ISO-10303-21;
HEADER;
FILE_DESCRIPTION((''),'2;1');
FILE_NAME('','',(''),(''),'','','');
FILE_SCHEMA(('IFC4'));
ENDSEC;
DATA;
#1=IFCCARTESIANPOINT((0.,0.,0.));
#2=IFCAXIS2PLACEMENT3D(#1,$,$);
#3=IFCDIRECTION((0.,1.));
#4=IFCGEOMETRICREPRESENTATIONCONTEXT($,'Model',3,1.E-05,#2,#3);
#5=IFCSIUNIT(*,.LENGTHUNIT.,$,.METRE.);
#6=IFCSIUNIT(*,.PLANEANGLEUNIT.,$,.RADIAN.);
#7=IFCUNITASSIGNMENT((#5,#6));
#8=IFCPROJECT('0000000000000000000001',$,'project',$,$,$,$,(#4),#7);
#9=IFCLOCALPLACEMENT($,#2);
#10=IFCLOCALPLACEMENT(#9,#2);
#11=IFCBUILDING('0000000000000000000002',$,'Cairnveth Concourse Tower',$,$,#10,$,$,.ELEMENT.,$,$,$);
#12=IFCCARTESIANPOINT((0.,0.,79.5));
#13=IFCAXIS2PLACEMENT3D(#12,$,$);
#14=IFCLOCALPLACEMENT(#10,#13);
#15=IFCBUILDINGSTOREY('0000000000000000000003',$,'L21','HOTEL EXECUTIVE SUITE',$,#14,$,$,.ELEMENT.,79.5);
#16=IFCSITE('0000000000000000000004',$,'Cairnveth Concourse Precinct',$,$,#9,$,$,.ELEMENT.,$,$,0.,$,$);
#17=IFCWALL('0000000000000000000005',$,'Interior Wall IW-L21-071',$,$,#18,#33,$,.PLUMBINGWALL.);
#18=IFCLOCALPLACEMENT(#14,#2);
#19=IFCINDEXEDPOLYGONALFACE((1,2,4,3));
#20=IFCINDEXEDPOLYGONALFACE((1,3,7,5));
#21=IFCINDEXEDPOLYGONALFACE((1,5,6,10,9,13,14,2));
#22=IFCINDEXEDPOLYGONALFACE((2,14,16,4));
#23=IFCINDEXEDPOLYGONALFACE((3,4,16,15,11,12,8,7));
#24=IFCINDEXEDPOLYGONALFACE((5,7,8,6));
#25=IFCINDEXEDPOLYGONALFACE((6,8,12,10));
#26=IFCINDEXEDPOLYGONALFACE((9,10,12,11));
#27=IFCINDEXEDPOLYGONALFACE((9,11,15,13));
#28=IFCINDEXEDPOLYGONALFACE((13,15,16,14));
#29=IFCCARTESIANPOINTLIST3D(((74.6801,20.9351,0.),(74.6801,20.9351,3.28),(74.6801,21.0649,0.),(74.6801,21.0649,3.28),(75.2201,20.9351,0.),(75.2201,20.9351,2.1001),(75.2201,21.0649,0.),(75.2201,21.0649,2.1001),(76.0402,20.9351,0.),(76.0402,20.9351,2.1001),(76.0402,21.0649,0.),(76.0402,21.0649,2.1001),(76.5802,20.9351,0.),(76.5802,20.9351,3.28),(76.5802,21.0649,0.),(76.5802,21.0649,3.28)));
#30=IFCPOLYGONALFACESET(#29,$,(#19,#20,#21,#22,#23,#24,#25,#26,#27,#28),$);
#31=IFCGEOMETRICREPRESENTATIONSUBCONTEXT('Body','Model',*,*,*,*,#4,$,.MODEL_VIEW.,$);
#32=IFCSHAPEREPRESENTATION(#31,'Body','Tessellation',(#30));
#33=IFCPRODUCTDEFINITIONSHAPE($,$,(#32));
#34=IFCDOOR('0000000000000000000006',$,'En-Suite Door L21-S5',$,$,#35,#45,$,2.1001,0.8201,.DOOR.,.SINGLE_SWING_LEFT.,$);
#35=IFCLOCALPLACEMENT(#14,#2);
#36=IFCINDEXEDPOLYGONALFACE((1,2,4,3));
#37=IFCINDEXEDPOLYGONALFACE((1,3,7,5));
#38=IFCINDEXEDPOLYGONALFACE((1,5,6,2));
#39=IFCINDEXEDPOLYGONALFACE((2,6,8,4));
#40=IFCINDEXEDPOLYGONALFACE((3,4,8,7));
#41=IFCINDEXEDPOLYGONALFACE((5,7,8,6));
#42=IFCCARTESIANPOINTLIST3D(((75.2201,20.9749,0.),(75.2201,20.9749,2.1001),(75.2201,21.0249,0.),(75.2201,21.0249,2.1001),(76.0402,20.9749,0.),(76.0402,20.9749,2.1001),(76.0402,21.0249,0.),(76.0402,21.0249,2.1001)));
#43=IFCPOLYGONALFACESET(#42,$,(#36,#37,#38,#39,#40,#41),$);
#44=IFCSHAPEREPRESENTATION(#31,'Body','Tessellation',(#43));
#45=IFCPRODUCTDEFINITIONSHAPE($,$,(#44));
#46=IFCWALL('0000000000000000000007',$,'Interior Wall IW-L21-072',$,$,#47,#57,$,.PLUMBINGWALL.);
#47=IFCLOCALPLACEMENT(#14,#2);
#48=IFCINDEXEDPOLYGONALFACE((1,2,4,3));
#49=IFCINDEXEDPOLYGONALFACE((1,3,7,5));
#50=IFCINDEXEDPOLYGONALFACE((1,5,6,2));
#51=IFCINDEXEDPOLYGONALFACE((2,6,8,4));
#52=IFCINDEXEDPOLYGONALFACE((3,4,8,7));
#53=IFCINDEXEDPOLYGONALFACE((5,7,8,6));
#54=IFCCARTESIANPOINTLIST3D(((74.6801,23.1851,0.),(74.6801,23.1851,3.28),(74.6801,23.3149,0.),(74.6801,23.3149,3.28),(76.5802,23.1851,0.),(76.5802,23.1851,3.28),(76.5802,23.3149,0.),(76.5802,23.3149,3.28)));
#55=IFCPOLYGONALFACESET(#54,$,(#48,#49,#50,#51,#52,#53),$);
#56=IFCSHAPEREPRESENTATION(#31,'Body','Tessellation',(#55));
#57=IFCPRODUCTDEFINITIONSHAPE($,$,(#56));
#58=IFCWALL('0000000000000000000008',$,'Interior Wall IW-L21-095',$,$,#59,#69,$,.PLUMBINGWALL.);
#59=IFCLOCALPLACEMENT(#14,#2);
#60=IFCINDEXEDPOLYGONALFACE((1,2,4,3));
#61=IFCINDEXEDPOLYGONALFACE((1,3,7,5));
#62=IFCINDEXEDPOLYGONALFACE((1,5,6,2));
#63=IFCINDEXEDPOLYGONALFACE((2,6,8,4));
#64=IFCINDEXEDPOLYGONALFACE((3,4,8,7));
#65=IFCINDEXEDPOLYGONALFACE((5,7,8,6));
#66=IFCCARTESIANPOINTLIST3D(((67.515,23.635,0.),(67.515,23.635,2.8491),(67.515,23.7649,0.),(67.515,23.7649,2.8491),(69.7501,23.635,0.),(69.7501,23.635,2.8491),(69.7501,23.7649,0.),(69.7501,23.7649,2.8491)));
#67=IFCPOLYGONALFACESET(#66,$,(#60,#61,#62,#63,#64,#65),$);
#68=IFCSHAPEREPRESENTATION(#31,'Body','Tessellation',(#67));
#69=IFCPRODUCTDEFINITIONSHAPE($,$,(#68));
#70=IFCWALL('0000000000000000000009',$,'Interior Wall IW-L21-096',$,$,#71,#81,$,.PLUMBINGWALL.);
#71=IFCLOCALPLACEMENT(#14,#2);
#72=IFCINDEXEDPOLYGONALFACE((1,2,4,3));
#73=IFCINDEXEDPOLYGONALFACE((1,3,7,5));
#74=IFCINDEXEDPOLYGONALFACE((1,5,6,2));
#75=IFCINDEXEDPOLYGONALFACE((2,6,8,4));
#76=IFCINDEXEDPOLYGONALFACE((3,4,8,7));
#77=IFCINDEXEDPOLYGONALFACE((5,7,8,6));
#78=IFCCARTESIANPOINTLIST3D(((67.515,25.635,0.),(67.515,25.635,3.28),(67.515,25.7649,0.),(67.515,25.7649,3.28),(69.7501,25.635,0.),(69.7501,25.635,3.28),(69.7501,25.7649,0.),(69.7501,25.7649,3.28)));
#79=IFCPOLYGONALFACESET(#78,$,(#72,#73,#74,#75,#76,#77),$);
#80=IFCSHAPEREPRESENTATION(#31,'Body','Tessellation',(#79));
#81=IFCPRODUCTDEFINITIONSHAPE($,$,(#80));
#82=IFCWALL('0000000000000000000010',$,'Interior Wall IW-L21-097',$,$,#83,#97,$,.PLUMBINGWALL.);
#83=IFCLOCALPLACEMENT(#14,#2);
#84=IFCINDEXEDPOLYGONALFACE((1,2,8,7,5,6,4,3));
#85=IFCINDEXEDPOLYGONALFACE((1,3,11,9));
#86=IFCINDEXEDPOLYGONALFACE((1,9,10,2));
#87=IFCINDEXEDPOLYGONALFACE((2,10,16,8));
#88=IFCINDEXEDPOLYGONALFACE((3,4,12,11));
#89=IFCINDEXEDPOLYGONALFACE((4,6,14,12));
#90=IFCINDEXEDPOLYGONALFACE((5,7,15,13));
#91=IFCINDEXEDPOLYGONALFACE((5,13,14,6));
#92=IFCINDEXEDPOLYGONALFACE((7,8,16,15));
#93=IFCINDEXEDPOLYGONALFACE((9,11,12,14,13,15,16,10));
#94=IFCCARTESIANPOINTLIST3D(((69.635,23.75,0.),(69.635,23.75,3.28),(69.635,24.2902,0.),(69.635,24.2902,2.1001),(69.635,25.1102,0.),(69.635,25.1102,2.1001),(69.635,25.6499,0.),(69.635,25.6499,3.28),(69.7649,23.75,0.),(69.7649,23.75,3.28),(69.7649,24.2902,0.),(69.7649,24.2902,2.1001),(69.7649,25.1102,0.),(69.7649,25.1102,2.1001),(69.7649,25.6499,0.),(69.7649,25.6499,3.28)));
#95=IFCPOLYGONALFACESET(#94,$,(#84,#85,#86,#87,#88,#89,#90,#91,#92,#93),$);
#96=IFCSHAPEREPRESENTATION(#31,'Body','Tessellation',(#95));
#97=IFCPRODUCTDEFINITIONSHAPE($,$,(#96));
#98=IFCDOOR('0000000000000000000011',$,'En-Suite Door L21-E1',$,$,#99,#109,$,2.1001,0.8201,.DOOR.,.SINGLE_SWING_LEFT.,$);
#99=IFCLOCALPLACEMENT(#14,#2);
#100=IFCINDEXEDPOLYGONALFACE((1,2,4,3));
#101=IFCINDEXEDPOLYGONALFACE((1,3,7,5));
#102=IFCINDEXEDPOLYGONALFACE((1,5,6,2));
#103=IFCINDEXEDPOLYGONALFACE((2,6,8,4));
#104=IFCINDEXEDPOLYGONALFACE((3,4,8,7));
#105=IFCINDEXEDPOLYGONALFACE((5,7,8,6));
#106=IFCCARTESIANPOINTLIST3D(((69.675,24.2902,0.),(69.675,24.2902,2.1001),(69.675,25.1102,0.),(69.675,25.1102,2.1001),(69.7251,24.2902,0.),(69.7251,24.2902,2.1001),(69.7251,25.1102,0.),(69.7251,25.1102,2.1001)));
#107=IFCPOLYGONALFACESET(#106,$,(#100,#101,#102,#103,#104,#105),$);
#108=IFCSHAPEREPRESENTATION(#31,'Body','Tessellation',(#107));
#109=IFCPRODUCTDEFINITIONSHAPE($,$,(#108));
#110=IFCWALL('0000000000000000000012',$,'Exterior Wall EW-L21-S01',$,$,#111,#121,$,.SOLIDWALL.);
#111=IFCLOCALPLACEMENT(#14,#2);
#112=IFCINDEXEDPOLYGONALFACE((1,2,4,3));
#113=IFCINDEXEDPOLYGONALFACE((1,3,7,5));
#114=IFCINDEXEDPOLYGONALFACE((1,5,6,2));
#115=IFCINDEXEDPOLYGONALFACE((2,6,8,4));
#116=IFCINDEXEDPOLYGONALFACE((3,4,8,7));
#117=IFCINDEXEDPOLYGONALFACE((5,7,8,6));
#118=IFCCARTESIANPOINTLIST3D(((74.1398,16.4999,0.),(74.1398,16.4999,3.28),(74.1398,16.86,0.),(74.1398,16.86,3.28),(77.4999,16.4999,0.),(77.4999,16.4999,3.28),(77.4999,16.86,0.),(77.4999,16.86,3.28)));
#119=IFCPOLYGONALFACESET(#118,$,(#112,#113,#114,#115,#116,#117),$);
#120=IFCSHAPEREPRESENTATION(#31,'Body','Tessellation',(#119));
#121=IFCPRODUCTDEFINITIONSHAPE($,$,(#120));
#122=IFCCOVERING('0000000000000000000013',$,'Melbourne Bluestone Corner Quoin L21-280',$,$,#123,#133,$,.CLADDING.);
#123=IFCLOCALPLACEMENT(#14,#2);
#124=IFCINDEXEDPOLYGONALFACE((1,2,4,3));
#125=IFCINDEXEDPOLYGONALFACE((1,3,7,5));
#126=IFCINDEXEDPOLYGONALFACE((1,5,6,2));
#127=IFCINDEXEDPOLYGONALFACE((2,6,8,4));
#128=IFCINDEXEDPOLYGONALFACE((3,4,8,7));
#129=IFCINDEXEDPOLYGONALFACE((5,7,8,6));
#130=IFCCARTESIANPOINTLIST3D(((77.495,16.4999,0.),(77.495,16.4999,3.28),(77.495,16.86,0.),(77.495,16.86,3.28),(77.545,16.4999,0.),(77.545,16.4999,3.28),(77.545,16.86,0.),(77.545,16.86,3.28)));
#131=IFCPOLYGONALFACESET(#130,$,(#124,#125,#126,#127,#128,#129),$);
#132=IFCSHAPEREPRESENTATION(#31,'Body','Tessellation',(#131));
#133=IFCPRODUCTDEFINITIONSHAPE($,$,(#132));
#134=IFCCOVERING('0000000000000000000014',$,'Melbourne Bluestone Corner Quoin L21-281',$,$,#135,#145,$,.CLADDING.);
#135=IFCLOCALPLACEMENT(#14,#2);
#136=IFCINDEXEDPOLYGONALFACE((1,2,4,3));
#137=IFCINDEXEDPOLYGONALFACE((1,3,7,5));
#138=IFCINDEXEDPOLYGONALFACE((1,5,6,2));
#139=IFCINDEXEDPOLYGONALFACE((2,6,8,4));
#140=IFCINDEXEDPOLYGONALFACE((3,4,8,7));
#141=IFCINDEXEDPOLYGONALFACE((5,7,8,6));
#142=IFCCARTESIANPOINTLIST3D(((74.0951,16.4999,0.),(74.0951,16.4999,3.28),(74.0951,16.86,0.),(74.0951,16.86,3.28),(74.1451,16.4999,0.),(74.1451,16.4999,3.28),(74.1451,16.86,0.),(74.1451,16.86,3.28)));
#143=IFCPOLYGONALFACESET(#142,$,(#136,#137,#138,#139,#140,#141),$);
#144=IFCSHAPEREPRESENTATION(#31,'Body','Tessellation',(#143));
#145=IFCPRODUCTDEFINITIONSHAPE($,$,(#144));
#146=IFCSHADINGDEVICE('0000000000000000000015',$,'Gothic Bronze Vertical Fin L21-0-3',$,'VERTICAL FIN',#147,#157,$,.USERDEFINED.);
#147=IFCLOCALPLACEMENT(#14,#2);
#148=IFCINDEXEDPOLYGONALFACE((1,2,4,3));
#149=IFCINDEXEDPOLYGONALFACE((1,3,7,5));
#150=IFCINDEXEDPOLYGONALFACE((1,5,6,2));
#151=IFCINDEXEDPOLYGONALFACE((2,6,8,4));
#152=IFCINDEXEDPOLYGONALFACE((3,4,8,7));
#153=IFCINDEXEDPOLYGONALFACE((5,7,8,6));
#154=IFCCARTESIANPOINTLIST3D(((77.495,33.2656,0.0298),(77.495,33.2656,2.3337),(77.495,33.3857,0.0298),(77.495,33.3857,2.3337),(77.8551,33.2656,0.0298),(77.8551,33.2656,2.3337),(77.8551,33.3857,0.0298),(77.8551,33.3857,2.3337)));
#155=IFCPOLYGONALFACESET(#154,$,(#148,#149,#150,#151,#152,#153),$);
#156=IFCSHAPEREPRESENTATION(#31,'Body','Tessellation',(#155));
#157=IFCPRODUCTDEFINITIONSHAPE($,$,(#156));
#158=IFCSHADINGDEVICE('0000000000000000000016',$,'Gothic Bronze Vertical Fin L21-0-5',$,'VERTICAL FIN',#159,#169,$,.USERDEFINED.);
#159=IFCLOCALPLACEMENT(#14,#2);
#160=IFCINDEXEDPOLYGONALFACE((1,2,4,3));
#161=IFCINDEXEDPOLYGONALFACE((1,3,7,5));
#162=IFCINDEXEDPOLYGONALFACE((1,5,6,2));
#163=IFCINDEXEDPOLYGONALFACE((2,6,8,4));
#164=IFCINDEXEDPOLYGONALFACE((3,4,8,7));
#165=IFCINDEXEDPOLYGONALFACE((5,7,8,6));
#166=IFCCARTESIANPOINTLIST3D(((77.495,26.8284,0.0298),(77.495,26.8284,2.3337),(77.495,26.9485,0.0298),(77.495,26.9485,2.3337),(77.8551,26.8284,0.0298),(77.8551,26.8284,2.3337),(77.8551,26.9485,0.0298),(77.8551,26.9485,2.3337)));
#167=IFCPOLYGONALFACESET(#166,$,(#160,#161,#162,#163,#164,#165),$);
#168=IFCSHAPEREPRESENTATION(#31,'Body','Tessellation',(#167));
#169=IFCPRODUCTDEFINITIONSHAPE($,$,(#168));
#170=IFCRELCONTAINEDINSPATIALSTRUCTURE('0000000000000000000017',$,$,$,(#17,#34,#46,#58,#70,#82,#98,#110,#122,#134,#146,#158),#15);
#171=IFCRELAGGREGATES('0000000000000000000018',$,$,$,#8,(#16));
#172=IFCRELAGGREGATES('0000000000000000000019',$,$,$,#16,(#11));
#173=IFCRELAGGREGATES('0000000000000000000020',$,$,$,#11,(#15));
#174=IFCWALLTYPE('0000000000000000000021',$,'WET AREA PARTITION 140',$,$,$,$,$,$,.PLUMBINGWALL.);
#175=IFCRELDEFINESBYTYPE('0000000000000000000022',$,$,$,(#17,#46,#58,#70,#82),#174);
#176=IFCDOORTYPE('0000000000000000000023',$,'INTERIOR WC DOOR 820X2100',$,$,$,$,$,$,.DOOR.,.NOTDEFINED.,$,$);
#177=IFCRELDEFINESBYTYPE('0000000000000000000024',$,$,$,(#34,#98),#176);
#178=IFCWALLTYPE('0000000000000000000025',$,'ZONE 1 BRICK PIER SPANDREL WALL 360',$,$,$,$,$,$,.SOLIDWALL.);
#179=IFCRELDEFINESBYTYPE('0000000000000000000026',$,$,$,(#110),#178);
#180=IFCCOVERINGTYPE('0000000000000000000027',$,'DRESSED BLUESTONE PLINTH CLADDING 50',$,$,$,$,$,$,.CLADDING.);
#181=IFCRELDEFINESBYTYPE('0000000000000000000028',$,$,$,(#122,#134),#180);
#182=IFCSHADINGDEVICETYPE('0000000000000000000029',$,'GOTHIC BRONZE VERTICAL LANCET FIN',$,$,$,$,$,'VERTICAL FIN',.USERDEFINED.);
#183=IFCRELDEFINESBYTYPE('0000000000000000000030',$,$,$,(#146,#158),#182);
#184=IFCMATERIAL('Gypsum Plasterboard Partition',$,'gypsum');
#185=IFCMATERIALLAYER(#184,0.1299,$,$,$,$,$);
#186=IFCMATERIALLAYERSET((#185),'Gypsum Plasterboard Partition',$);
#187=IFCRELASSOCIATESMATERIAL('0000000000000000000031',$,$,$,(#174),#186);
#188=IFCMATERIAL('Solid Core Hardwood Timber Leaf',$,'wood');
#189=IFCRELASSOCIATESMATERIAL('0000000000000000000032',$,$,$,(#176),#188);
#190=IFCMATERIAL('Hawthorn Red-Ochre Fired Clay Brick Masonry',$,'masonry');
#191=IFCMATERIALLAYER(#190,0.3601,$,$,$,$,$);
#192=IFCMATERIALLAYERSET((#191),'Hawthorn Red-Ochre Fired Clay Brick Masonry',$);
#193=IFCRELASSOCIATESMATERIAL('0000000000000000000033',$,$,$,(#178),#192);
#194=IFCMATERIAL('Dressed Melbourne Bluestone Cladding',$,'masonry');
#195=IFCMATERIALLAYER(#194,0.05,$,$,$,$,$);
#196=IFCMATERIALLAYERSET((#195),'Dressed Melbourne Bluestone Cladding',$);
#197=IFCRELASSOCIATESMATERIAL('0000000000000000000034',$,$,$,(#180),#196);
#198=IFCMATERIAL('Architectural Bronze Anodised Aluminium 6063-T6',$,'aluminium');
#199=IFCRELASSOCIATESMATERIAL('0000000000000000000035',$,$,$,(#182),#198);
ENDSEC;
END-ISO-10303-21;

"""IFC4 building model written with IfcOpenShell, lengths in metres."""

from ifc_helpers import new_model, si_unit, direction, frame, frame_2d, origin, origin_2d, place, context, subcontext, project, spatial, rectangle, extrude, material, layer, layer_set, type_object, element, fill, save


model = new_model("IFC4")

# Units and contexts
model_context = context("Model", 3, precision=1e-05, world=origin(), true_north=direction((0.0, 1.0)))
body_context = subcontext(model_context, "Body", "Model", "MODEL_VIEW")
ifc_project = project(units=[si_unit("LENGTHUNIT", "METRE"), si_unit("PLANEANGLEUNIT", "RADIAN")], contexts=[model_context])

# Site, building, storey
site_placement = place(None, origin())
site = spatial("IfcSite", under=ifc_project, at=site_placement, Name="Cairnveth Concourse Precinct", CompositionType="ELEMENT", RefElevation=0.0)
building_placement = place(site_placement, origin())
building = spatial("IfcBuilding", under=site, at=building_placement, Name="Cairnveth Concourse Tower", CompositionType="ELEMENT")
storey_placement = place(building_placement, frame((0.0, 0.0, 79.5)))
storey = spatial("IfcBuildingStorey", under=building, at=storey_placement, Name="L21", Description="HOTEL EXECUTIVE SUITE", CompositionType="ELEMENT", Elevation=79.5)

# Shared definitions
ifc_material_1 = material(Name="Gypsum Plasterboard Partition", Category="gypsum")
ifc_material_2 = material(Name="Solid Core Hardwood Timber Leaf", Category="wood")

# Shared definitions
ifc_layer_1 = layer(ifc_material_1, 0.1299)
ifc_layer_set_1 = layer_set([ifc_layer_1], Name="Gypsum Plasterboard Partition")
wall_type_1 = type_object("IfcWallType", Name="WET AREA PARTITION 140", PredefinedType="PLUMBINGWALL", material=ifc_layer_set_1)

# Wall, opening, door
wall_1_placement = place(storey_placement, frame((74.6799, 21.0, 0.0), z_axis=(0.0, 0.0, 1.0), x_axis=(1.0, 0.0, 0.0)))
wall_1 = element("IfcWall", 1, at=wall_1_placement, inside=storey, type_object=wall_type_1, Name="Interior Wall IW-L21-071", PredefinedType="PLUMBINGWALL", context=body_context, shape_type="SweptSolid", body=[
    extrude(rectangle(XDim=1.9001, YDim=0.1299, at=frame_2d((0.9502, 0.0))), origin(), (0.0, 0.0, 1.0), 3.28),
])
opening_1_placement = place(wall_1_placement, frame((0.54, 0.0, 0.0)))
opening_1 = element("IfcOpeningElement", 2, at=opening_1_placement, cuts=wall_1, PredefinedType="OPENING", context=body_context, shape_type="SweptSolid", body=[
    extrude(rectangle(XDim=0.8201, YDim=2.1001, at=frame_2d((0.4102, 1.05))), frame((0.0, 0.075, 0.0), z_axis=(0.0, -1.0, 0.0), x_axis=(1.0, 0.0, 0.0)), (0.0, 0.0, 1.0), 0.1499),
])
door_type_1 = type_object("IfcDoorType", Name="INTERIOR WC DOOR 820X2100", OperationType="NOTDEFINED", PredefinedType="DOOR", material=ifc_material_2)
door_1_placement = place(opening_1_placement, origin())
door_1 = element("IfcDoor", 3, at=door_1_placement, inside=storey, type_object=door_type_1, Name="En-Suite Door L21-S5", OperationType="SINGLE_SWING_LEFT", OverallHeight=2.1001, OverallWidth=0.8201, PredefinedType="DOOR", context=body_context, shape_type="SweptSolid", body=[
    extrude(rectangle(XDim=0.8201, YDim=2.1001, at=frame_2d((0.4102, 1.05))), frame((0.0, 0.0249, 0.0), z_axis=(0.0, -1.0, 0.0), x_axis=(1.0, 0.0, 0.0)), (0.0, 0.0, 1.0), 0.05),
])
fill(opening_1, door_1)

# Walls
wall_2_placement = place(storey_placement, frame((74.6799, 23.25, 0.0), z_axis=(0.0, 0.0, 1.0), x_axis=(1.0, 0.0, 0.0)))
element("IfcWall", 4, at=wall_2_placement, inside=storey, type_object=wall_type_1, Name="Interior Wall IW-L21-072", PredefinedType="PLUMBINGWALL", context=body_context, shape_type="SweptSolid", body=[
    extrude(rectangle(XDim=1.9001, YDim=0.1299, at=frame_2d((0.9502, 0.0))), origin(), (0.0, 0.0, 1.0), 3.28),
])
wall_3_placement = place(storey_placement, frame((67.5149, 23.7, 0.0), z_axis=(0.0, 0.0, 1.0), x_axis=(1.0, 0.0, 0.0)))
element("IfcWall", 5, at=wall_3_placement, inside=storey, type_object=wall_type_1, Name="Interior Wall IW-L21-095", PredefinedType="PLUMBINGWALL", context=body_context, shape_type="SweptSolid", body=[
    extrude(rectangle(XDim=2.2351, YDim=0.1299, at=frame_2d((1.1177, 0.0))), origin(), (0.0, 0.0, 1.0), 2.8491),
])
wall_4_placement = place(storey_placement, frame((67.5149, 25.7, 0.0), z_axis=(0.0, 0.0, 1.0), x_axis=(1.0, 0.0, 0.0)))
element("IfcWall", 6, at=wall_4_placement, inside=storey, type_object=wall_type_1, Name="Interior Wall IW-L21-096", PredefinedType="PLUMBINGWALL", context=body_context, shape_type="SweptSolid", body=[
    extrude(rectangle(XDim=2.2351, YDim=0.1299, at=frame_2d((1.1177, 0.0))), origin(), (0.0, 0.0, 1.0), 3.28),
])

# Wall, opening, door
wall_5_placement = place(storey_placement, frame((69.7, 23.75, 0.0), z_axis=(0.0, 0.0, 1.0), x_axis=(0.0, 1.0, 0.0)))
wall_5 = element("IfcWall", 7, at=wall_5_placement, inside=storey, type_object=wall_type_1, Name="Interior Wall IW-L21-097", PredefinedType="PLUMBINGWALL", context=body_context, shape_type="SweptSolid", body=[
    extrude(rectangle(XDim=1.8999, YDim=0.1299, at=frame_2d((0.95, 0.0))), origin(), (0.0, 0.0, 1.0), 3.28),
])
opening_2_placement = place(wall_5_placement, frame((0.54, 0.0, 0.0)))
opening_2 = element("IfcOpeningElement", 8, at=opening_2_placement, cuts=wall_5, PredefinedType="OPENING", context=body_context, shape_type="SweptSolid", body=[
    extrude(rectangle(XDim=0.8201, YDim=2.1001, at=frame_2d((0.4102, 1.05))), frame((0.0, 0.075, 0.0), z_axis=(0.0, -1.0, 0.0), x_axis=(1.0, 0.0, 0.0)), (0.0, 0.0, 1.0), 0.1499),
])
door_2_placement = place(opening_2_placement, origin())
door_2 = element("IfcDoor", 9, at=door_2_placement, inside=storey, type_object=door_type_1, Name="En-Suite Door L21-E1", OperationType="SINGLE_SWING_LEFT", OverallHeight=2.1001, OverallWidth=0.8201, PredefinedType="DOOR", context=body_context, shape_type="SweptSolid", body=[
    extrude(rectangle(XDim=0.8201, YDim=2.1001, at=frame_2d((0.4102, 1.05))), frame((0.0, 0.0249, 0.0), z_axis=(0.0, -1.0, 0.0), x_axis=(1.0, 0.0, 0.0)), (0.0, 0.0, 1.0), 0.05),
])
fill(opening_2, door_2)

# Wall
ifc_material_3 = material(Name="Hawthorn Red-Ochre Fired Clay Brick Masonry", Category="masonry")
ifc_layer_2 = layer(ifc_material_3, 0.3601)
ifc_layer_set_2 = layer_set([ifc_layer_2], Name="Hawthorn Red-Ochre Fired Clay Brick Masonry")
wall_type_2 = type_object("IfcWallType", Name="ZONE 1 BRICK PIER SPANDREL WALL 360", PredefinedType="SOLIDWALL", material=ifc_layer_set_2)
wall_6_placement = place(storey_placement, frame((77.5, 16.6799, 0.0), z_axis=(0.0, 0.0, 1.0), x_axis=(-1.0, 0.0, 0.0)))
element("IfcWall", 10, at=wall_6_placement, inside=storey, type_object=wall_type_2, Name="Exterior Wall EW-L21-S01", PredefinedType="SOLIDWALL", context=body_context, shape_type="SweptSolid", body=[
    extrude(rectangle(XDim=3.3601, YDim=0.3601, at=frame_2d((1.6802, 0.0))), origin(), (0.0, 0.0, 1.0), 3.28),
])

# Coverings
ifc_material_4 = material(Name="Dressed Melbourne Bluestone Cladding", Category="masonry")
ifc_layer_3 = layer(ifc_material_4, 0.05)
ifc_layer_set_3 = layer_set([ifc_layer_3], Name="Dressed Melbourne Bluestone Cladding")
covering_type = type_object("IfcCoveringType", Name="DRESSED BLUESTONE PLINTH CLADDING 50", PredefinedType="CLADDING", material=ifc_layer_set_3)
for number, where, z_axis, x_axis, name in (
    (11, (77.52, 16.8601, 0.0), (0.0, 0.0, 1.0), (0.0, -1.0, 0.0), "Melbourne Bluestone Corner Quoin L21-280"),
    (12, (74.1201, 16.8601, 0.0), (0.0, 0.0, 1.0), (0.0, -1.0, 0.0), "Melbourne Bluestone Corner Quoin L21-281"),
):
    element("IfcCovering", number, at=place(storey_placement, frame(where, z_axis=z_axis, x_axis=x_axis)), inside=storey, type_object=covering_type, Name=name, PredefinedType="CLADDING", context=body_context, shape_type="SweptSolid", body=[
        extrude(rectangle(XDim=0.3601, YDim=0.05, at=frame_2d((0.1802, 0.0))), origin(), (0.0, 0.0, 1.0), 3.28),
    ])

# Shading devices
ifc_material_5 = material(Name="Architectural Bronze Anodised Aluminium 6063-T6", Category="aluminium")
shading_device_type = type_object("IfcShadingDeviceType", Name="GOTHIC BRONZE VERTICAL LANCET FIN", ElementType="VERTICAL FIN", PredefinedType="USERDEFINED", material=ifc_material_5)
for number, where, z_axis, x_axis, name in (
    (13, (77.675, 33.3257, 0.0298), (0.0, 0.0, 1.0), (0.0, 1.0, 0.0), "Gothic Bronze Vertical Fin L21-0-3"),
    (14, (77.675, 26.8884, 0.0298), (0.0, 0.0, 1.0), (0.0, 1.0, 0.0), "Gothic Bronze Vertical Fin L21-0-5"),
):
    element("IfcShadingDevice", number, at=place(storey_placement, frame(where, z_axis=z_axis, x_axis=x_axis)), inside=storey, type_object=shading_device_type, Name=name, ObjectType="VERTICAL FIN", PredefinedType="USERDEFINED", context=body_context, shape_type="SweptSolid", body=[
        extrude(rectangle(XDim=0.1201, YDim=0.3601, at=origin_2d()), origin(), (0.0, 0.0, 1.0), 2.304),
    ])

save(model, "model.ifc")
